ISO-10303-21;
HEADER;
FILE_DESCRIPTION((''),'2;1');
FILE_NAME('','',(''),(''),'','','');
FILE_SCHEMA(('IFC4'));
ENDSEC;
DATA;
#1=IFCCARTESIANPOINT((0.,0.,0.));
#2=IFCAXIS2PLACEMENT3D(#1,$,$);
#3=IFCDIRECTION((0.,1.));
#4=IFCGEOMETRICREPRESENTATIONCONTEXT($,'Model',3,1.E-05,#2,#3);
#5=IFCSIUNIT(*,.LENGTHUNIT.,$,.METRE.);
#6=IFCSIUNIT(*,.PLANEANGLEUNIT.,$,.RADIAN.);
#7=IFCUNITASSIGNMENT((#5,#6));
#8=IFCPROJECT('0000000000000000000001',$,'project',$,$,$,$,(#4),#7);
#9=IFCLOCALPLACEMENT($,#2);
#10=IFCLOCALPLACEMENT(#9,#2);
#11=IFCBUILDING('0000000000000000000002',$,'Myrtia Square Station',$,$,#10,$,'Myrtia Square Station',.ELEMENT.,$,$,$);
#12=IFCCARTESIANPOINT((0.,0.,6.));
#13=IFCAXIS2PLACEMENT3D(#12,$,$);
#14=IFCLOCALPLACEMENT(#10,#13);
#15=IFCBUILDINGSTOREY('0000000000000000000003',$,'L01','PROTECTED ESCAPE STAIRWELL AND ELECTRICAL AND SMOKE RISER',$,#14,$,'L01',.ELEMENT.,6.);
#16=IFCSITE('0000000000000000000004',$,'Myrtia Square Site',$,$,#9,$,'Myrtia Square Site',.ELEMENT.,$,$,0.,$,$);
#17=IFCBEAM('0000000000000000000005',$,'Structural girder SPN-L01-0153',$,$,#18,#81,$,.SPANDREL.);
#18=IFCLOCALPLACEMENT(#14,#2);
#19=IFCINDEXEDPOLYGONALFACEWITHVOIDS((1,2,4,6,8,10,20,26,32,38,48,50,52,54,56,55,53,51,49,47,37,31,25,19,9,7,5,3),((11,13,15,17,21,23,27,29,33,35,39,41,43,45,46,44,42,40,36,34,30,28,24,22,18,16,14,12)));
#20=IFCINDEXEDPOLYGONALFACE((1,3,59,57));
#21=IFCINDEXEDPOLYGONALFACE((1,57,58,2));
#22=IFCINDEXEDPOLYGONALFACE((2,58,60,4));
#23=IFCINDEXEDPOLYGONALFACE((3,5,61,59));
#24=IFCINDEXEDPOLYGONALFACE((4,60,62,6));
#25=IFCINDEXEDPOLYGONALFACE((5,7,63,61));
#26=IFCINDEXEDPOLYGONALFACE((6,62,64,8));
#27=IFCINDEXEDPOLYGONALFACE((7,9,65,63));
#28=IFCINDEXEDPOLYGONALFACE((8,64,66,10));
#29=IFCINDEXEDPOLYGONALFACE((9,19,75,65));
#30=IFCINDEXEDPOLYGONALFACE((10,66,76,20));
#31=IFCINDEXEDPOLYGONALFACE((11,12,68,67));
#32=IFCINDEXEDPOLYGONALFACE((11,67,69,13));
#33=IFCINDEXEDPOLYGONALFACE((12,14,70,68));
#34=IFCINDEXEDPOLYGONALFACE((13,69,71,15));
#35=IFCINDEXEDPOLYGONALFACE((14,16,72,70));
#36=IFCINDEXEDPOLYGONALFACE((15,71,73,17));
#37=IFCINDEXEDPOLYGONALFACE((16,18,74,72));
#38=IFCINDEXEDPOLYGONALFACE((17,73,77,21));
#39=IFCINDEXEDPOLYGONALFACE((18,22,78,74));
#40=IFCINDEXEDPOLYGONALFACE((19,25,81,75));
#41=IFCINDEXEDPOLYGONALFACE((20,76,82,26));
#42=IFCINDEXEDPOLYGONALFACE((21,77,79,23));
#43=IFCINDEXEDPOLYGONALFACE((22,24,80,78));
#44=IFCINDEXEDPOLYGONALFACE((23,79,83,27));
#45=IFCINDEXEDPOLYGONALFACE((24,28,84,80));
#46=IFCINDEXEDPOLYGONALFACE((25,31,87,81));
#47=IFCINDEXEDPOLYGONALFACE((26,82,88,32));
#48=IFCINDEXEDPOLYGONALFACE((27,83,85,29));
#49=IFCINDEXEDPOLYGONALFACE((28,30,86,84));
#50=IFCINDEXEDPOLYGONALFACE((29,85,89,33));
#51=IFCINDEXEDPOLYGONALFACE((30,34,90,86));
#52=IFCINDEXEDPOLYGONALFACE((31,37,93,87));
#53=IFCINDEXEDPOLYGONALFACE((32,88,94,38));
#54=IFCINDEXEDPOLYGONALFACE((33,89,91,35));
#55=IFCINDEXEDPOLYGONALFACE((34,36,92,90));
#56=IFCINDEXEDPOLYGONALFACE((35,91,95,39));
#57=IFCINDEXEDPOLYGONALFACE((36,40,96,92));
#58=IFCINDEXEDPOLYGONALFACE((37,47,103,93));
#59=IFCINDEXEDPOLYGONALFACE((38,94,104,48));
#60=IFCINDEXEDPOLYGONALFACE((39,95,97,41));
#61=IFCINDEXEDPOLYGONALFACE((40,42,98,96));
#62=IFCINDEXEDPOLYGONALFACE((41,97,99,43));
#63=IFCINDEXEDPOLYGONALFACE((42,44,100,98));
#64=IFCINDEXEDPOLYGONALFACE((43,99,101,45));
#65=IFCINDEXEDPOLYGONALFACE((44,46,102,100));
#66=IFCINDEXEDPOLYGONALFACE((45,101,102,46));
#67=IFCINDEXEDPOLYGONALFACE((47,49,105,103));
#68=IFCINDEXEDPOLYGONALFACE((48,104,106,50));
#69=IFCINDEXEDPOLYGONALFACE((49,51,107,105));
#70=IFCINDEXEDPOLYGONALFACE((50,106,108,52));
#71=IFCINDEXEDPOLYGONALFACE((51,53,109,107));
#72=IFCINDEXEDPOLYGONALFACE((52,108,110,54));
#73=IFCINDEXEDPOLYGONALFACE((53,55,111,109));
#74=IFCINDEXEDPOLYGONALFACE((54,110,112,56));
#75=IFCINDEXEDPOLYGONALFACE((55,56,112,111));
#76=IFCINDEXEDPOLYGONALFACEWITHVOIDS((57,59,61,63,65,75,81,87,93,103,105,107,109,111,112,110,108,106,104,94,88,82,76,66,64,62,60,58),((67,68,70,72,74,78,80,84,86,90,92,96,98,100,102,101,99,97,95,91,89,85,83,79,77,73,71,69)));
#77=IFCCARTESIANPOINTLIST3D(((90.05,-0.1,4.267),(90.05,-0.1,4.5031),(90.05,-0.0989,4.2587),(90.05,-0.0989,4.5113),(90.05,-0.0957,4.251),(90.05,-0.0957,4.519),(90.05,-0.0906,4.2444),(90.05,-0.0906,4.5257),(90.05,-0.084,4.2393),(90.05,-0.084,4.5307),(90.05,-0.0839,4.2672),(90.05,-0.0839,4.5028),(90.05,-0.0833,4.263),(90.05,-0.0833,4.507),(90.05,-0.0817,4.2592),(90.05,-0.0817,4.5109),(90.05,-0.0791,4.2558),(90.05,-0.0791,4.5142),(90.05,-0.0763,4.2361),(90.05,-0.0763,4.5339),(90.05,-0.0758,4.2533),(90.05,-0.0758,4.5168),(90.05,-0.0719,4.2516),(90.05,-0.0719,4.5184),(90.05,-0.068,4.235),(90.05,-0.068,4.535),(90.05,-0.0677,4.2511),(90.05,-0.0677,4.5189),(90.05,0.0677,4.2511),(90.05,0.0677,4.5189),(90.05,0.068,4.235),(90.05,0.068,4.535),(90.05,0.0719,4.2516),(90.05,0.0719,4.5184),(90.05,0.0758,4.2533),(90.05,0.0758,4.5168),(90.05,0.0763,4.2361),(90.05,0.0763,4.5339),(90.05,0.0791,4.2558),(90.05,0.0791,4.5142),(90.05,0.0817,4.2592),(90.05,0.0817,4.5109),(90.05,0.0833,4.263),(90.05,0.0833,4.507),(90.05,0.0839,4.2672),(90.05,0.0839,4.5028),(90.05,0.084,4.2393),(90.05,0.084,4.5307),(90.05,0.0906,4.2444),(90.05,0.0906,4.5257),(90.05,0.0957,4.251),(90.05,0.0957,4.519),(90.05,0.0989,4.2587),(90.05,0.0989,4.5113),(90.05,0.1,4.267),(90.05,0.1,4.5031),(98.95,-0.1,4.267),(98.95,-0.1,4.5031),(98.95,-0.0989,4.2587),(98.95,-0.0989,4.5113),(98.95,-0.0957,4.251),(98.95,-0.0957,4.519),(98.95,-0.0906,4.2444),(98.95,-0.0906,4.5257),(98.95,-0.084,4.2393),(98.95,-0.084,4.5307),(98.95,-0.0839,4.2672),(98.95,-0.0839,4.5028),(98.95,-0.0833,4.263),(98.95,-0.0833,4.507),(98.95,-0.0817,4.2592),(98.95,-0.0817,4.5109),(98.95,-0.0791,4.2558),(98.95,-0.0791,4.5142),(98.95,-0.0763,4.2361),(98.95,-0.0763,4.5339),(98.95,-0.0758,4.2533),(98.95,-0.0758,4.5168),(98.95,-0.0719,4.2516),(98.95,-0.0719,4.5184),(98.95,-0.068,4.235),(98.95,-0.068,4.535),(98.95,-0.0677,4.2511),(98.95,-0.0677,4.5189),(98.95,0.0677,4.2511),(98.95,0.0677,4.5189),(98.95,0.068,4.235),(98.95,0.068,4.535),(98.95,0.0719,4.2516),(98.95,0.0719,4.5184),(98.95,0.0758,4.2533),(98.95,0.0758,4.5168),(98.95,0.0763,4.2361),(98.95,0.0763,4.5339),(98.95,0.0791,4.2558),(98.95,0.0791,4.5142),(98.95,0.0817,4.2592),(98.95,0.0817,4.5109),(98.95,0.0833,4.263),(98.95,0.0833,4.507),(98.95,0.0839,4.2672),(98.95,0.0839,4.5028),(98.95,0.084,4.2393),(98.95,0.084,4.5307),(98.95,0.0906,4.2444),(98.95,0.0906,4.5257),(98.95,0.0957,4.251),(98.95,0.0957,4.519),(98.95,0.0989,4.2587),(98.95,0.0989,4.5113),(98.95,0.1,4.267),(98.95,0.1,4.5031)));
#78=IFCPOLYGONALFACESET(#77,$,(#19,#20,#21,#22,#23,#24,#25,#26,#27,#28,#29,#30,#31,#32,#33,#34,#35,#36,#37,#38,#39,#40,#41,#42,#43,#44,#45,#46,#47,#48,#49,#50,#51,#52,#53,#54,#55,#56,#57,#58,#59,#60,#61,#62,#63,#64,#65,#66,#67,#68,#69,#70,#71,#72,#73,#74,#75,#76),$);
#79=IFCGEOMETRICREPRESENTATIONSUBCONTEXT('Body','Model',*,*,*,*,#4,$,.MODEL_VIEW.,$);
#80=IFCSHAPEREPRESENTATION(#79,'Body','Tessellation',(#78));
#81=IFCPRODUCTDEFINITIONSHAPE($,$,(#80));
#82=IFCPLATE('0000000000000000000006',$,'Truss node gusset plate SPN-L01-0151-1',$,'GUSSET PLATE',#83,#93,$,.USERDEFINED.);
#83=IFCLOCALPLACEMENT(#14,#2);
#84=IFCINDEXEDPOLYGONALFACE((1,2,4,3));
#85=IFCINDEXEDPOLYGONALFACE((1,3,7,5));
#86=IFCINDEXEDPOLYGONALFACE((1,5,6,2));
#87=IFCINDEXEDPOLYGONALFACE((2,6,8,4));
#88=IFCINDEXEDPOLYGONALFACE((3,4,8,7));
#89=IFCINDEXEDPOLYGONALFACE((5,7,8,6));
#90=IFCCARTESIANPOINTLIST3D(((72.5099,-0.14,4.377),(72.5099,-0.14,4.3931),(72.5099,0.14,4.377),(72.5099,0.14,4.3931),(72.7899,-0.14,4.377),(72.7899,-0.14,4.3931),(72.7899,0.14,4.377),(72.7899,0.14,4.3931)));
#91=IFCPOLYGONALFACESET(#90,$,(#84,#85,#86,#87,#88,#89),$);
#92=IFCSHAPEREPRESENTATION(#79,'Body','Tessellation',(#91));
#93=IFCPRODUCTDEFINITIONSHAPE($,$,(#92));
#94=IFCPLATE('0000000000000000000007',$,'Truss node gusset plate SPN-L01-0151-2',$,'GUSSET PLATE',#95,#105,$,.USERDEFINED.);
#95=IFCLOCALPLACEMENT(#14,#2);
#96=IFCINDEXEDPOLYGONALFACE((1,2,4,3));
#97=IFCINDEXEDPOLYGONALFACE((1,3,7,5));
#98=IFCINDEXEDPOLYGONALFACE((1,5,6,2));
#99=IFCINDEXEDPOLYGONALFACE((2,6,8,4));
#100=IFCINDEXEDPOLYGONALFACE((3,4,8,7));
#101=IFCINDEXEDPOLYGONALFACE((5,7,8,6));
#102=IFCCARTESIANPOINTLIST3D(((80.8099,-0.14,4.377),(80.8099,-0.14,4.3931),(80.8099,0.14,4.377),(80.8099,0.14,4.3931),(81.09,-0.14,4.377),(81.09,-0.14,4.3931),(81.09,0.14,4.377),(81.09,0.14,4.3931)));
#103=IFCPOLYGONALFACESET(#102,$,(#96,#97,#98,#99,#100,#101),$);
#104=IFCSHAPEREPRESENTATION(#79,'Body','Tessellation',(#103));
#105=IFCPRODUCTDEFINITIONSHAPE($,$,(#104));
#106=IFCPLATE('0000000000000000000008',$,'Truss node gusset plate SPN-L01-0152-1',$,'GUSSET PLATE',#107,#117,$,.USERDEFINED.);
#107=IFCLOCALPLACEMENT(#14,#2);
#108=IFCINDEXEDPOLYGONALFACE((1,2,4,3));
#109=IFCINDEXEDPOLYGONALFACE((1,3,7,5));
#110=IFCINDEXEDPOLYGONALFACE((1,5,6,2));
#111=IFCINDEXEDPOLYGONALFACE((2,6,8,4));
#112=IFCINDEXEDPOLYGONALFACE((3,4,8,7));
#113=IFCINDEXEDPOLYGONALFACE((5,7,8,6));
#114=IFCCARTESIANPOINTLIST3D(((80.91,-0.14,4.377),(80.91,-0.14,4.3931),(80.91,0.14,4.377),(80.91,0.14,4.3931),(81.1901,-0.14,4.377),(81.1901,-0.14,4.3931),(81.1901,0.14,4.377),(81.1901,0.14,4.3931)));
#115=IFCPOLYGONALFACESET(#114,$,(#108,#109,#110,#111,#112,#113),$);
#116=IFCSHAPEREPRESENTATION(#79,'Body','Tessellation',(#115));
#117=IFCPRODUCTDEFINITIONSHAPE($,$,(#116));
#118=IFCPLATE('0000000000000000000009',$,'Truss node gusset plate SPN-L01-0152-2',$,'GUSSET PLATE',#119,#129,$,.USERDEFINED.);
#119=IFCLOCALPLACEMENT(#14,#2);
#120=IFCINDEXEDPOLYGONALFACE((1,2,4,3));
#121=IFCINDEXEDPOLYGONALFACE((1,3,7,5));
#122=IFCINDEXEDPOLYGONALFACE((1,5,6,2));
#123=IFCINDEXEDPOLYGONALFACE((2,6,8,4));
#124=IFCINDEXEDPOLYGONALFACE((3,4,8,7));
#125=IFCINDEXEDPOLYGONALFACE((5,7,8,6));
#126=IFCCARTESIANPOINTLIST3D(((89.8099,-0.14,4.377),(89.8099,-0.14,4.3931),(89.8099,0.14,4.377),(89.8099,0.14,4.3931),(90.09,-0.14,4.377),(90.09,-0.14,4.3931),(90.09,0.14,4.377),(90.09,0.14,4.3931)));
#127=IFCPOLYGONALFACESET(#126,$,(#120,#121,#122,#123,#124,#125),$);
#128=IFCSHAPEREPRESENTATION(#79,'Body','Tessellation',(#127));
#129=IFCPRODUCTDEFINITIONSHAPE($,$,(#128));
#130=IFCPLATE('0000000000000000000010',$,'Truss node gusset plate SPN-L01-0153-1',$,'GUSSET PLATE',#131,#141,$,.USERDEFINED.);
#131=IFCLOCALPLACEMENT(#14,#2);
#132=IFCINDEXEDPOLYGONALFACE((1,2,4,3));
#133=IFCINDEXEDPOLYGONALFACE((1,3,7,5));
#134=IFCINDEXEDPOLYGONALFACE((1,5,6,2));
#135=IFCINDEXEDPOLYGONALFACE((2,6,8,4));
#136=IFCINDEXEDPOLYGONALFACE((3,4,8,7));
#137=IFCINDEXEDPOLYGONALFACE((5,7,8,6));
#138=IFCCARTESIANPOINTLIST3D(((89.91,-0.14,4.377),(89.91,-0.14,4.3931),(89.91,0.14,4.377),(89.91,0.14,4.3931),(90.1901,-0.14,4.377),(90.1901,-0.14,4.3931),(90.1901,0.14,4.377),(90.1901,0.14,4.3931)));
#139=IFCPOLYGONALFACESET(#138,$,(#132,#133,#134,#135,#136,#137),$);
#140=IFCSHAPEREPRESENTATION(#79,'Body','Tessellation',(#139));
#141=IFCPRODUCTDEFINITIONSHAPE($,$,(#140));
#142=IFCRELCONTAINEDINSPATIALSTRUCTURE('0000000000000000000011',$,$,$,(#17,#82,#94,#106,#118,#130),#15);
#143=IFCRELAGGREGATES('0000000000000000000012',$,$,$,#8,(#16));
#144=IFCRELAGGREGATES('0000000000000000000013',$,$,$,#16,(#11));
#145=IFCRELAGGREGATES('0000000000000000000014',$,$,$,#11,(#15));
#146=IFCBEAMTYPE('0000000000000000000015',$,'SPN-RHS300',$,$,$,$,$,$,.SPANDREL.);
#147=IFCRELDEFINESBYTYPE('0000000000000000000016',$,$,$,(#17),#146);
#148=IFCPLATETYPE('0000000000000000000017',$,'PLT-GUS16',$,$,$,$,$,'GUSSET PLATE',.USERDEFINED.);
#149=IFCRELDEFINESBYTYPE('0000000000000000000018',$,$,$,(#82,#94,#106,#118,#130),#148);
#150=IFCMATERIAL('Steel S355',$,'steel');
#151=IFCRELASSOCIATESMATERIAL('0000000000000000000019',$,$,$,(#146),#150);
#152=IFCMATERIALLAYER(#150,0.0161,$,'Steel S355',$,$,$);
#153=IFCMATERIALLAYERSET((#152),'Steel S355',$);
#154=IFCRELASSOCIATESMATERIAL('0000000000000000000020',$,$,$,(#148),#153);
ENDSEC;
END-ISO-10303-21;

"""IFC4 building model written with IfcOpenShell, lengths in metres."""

from ifc_helpers import new_model, si_unit, direction, frame, origin, origin_2d, place, context, subcontext, project, spatial, rectangle, hollow_rectangle, extrude, material, layer, layer_set, material_profile, profile_set, type_object, element, save


model = new_model("IFC4")

# Units and contexts
model_context = context("Model", 3, precision=1e-05, world=origin(), true_north=direction((0.0, 1.0)))
body_context = subcontext(model_context, "Body", "Model", "MODEL_VIEW")
ifc_project = project(units=[si_unit("LENGTHUNIT", "METRE"), si_unit("PLANEANGLEUNIT", "RADIAN")], contexts=[model_context])

# Site, building, storey
site_placement = place(None, origin())
site = spatial("IfcSite", under=ifc_project, at=site_placement, Name="Myrtia Square Site", LongName="Myrtia Square Site", CompositionType="ELEMENT", RefElevation=0.0)
building_placement = place(site_placement, origin())
building = spatial("IfcBuilding", under=site, at=building_placement, Name="Myrtia Square Station", LongName="Myrtia Square Station", CompositionType="ELEMENT")
storey_placement = place(building_placement, frame((0.0, 0.0, 6.0)))
storey = spatial("IfcBuildingStorey", under=building, at=storey_placement, Name="L01", Description="PROTECTED ESCAPE STAIRWELL AND ELECTRICAL AND SMOKE RISER", LongName="L01", CompositionType="ELEMENT", Elevation=6.0)

# Shared definitions
ifc_material_1 = material(Name="Steel S355", Category="steel")

# Beam
ifc_material_profile_1 = material_profile(ifc_material_1, hollow_rectangle(XDim=0.2, YDim=0.3, WallThickness=0.0161, InnerFilletRadius=0.0161, OuterFilletRadius=0.032, at=origin_2d()), Name="RHS 300x200x16")
ifc_profile_set_1 = profile_set([ifc_material_profile_1], Name="Steel S355")
beam_type_1 = type_object("IfcBeamType", Name="SPN-RHS300", PredefinedType="SPANDREL", material=ifc_profile_set_1)
for number, where, z_axis, x_axis, name in (
    (1, (90.05, 0.0, 4.385), (1.0, 0.0, 0.0), (0.0, 1.0, 0.0), "Structural girder SPN-L01-0153"),
):
    element("IfcBeam", number, at=place(storey_placement, frame(where, z_axis=z_axis, x_axis=x_axis)), inside=storey, type_object=beam_type_1, Name=name, PredefinedType="SPANDREL", context=body_context, shape_type="SweptSolid", body=[
        extrude(hollow_rectangle(XDim=0.2, YDim=0.3, WallThickness=0.0161, InnerFilletRadius=0.0161, OuterFilletRadius=0.032, at=origin_2d()), origin(), (0.0, 0.0, 1.0), 8.8999),
    ])

# Plates
ifc_layer = layer(ifc_material_1, 0.0161, Name="Steel S355")
ifc_layer_set = layer_set([ifc_layer], Name="Steel S355")
plate_type = type_object("IfcPlateType", Name="PLT-GUS16", ElementType="GUSSET PLATE", PredefinedType="USERDEFINED", material=ifc_layer_set)
for number, where, z_axis, x_axis, name in (
    (2, (72.6499, 0.0, 4.377), (0.0, 0.0, 1.0), (1.0, 0.0, 0.0), "Truss node gusset plate SPN-L01-0151-1"),
    (3, (80.95, 0.0, 4.377), (0.0, 0.0, 1.0), (1.0, 0.0, 0.0), "Truss node gusset plate SPN-L01-0151-2"),
    (4, (81.05, 0.0, 4.377), (0.0, 0.0, 1.0), (1.0, 0.0, 0.0), "Truss node gusset plate SPN-L01-0152-1"),
    (5, (89.95, 0.0, 4.377), (0.0, 0.0, 1.0), (1.0, 0.0, 0.0), "Truss node gusset plate SPN-L01-0152-2"),
    (6, (90.05, 0.0, 4.377), (0.0, 0.0, 1.0), (1.0, 0.0, 0.0), "Truss node gusset plate SPN-L01-0153-1"),
):
    element("IfcPlate", number, at=place(storey_placement, frame(where, z_axis=z_axis, x_axis=x_axis)), inside=storey, type_object=plate_type, Name=name, ObjectType="GUSSET PLATE", PredefinedType="USERDEFINED", context=body_context, shape_type="SweptSolid", body=[
        extrude(rectangle(XDim=0.28, YDim=0.28, at=origin_2d()), origin(), (0.0, 0.0, 1.0), 0.0161),
    ])

save(model, "model.ifc")
